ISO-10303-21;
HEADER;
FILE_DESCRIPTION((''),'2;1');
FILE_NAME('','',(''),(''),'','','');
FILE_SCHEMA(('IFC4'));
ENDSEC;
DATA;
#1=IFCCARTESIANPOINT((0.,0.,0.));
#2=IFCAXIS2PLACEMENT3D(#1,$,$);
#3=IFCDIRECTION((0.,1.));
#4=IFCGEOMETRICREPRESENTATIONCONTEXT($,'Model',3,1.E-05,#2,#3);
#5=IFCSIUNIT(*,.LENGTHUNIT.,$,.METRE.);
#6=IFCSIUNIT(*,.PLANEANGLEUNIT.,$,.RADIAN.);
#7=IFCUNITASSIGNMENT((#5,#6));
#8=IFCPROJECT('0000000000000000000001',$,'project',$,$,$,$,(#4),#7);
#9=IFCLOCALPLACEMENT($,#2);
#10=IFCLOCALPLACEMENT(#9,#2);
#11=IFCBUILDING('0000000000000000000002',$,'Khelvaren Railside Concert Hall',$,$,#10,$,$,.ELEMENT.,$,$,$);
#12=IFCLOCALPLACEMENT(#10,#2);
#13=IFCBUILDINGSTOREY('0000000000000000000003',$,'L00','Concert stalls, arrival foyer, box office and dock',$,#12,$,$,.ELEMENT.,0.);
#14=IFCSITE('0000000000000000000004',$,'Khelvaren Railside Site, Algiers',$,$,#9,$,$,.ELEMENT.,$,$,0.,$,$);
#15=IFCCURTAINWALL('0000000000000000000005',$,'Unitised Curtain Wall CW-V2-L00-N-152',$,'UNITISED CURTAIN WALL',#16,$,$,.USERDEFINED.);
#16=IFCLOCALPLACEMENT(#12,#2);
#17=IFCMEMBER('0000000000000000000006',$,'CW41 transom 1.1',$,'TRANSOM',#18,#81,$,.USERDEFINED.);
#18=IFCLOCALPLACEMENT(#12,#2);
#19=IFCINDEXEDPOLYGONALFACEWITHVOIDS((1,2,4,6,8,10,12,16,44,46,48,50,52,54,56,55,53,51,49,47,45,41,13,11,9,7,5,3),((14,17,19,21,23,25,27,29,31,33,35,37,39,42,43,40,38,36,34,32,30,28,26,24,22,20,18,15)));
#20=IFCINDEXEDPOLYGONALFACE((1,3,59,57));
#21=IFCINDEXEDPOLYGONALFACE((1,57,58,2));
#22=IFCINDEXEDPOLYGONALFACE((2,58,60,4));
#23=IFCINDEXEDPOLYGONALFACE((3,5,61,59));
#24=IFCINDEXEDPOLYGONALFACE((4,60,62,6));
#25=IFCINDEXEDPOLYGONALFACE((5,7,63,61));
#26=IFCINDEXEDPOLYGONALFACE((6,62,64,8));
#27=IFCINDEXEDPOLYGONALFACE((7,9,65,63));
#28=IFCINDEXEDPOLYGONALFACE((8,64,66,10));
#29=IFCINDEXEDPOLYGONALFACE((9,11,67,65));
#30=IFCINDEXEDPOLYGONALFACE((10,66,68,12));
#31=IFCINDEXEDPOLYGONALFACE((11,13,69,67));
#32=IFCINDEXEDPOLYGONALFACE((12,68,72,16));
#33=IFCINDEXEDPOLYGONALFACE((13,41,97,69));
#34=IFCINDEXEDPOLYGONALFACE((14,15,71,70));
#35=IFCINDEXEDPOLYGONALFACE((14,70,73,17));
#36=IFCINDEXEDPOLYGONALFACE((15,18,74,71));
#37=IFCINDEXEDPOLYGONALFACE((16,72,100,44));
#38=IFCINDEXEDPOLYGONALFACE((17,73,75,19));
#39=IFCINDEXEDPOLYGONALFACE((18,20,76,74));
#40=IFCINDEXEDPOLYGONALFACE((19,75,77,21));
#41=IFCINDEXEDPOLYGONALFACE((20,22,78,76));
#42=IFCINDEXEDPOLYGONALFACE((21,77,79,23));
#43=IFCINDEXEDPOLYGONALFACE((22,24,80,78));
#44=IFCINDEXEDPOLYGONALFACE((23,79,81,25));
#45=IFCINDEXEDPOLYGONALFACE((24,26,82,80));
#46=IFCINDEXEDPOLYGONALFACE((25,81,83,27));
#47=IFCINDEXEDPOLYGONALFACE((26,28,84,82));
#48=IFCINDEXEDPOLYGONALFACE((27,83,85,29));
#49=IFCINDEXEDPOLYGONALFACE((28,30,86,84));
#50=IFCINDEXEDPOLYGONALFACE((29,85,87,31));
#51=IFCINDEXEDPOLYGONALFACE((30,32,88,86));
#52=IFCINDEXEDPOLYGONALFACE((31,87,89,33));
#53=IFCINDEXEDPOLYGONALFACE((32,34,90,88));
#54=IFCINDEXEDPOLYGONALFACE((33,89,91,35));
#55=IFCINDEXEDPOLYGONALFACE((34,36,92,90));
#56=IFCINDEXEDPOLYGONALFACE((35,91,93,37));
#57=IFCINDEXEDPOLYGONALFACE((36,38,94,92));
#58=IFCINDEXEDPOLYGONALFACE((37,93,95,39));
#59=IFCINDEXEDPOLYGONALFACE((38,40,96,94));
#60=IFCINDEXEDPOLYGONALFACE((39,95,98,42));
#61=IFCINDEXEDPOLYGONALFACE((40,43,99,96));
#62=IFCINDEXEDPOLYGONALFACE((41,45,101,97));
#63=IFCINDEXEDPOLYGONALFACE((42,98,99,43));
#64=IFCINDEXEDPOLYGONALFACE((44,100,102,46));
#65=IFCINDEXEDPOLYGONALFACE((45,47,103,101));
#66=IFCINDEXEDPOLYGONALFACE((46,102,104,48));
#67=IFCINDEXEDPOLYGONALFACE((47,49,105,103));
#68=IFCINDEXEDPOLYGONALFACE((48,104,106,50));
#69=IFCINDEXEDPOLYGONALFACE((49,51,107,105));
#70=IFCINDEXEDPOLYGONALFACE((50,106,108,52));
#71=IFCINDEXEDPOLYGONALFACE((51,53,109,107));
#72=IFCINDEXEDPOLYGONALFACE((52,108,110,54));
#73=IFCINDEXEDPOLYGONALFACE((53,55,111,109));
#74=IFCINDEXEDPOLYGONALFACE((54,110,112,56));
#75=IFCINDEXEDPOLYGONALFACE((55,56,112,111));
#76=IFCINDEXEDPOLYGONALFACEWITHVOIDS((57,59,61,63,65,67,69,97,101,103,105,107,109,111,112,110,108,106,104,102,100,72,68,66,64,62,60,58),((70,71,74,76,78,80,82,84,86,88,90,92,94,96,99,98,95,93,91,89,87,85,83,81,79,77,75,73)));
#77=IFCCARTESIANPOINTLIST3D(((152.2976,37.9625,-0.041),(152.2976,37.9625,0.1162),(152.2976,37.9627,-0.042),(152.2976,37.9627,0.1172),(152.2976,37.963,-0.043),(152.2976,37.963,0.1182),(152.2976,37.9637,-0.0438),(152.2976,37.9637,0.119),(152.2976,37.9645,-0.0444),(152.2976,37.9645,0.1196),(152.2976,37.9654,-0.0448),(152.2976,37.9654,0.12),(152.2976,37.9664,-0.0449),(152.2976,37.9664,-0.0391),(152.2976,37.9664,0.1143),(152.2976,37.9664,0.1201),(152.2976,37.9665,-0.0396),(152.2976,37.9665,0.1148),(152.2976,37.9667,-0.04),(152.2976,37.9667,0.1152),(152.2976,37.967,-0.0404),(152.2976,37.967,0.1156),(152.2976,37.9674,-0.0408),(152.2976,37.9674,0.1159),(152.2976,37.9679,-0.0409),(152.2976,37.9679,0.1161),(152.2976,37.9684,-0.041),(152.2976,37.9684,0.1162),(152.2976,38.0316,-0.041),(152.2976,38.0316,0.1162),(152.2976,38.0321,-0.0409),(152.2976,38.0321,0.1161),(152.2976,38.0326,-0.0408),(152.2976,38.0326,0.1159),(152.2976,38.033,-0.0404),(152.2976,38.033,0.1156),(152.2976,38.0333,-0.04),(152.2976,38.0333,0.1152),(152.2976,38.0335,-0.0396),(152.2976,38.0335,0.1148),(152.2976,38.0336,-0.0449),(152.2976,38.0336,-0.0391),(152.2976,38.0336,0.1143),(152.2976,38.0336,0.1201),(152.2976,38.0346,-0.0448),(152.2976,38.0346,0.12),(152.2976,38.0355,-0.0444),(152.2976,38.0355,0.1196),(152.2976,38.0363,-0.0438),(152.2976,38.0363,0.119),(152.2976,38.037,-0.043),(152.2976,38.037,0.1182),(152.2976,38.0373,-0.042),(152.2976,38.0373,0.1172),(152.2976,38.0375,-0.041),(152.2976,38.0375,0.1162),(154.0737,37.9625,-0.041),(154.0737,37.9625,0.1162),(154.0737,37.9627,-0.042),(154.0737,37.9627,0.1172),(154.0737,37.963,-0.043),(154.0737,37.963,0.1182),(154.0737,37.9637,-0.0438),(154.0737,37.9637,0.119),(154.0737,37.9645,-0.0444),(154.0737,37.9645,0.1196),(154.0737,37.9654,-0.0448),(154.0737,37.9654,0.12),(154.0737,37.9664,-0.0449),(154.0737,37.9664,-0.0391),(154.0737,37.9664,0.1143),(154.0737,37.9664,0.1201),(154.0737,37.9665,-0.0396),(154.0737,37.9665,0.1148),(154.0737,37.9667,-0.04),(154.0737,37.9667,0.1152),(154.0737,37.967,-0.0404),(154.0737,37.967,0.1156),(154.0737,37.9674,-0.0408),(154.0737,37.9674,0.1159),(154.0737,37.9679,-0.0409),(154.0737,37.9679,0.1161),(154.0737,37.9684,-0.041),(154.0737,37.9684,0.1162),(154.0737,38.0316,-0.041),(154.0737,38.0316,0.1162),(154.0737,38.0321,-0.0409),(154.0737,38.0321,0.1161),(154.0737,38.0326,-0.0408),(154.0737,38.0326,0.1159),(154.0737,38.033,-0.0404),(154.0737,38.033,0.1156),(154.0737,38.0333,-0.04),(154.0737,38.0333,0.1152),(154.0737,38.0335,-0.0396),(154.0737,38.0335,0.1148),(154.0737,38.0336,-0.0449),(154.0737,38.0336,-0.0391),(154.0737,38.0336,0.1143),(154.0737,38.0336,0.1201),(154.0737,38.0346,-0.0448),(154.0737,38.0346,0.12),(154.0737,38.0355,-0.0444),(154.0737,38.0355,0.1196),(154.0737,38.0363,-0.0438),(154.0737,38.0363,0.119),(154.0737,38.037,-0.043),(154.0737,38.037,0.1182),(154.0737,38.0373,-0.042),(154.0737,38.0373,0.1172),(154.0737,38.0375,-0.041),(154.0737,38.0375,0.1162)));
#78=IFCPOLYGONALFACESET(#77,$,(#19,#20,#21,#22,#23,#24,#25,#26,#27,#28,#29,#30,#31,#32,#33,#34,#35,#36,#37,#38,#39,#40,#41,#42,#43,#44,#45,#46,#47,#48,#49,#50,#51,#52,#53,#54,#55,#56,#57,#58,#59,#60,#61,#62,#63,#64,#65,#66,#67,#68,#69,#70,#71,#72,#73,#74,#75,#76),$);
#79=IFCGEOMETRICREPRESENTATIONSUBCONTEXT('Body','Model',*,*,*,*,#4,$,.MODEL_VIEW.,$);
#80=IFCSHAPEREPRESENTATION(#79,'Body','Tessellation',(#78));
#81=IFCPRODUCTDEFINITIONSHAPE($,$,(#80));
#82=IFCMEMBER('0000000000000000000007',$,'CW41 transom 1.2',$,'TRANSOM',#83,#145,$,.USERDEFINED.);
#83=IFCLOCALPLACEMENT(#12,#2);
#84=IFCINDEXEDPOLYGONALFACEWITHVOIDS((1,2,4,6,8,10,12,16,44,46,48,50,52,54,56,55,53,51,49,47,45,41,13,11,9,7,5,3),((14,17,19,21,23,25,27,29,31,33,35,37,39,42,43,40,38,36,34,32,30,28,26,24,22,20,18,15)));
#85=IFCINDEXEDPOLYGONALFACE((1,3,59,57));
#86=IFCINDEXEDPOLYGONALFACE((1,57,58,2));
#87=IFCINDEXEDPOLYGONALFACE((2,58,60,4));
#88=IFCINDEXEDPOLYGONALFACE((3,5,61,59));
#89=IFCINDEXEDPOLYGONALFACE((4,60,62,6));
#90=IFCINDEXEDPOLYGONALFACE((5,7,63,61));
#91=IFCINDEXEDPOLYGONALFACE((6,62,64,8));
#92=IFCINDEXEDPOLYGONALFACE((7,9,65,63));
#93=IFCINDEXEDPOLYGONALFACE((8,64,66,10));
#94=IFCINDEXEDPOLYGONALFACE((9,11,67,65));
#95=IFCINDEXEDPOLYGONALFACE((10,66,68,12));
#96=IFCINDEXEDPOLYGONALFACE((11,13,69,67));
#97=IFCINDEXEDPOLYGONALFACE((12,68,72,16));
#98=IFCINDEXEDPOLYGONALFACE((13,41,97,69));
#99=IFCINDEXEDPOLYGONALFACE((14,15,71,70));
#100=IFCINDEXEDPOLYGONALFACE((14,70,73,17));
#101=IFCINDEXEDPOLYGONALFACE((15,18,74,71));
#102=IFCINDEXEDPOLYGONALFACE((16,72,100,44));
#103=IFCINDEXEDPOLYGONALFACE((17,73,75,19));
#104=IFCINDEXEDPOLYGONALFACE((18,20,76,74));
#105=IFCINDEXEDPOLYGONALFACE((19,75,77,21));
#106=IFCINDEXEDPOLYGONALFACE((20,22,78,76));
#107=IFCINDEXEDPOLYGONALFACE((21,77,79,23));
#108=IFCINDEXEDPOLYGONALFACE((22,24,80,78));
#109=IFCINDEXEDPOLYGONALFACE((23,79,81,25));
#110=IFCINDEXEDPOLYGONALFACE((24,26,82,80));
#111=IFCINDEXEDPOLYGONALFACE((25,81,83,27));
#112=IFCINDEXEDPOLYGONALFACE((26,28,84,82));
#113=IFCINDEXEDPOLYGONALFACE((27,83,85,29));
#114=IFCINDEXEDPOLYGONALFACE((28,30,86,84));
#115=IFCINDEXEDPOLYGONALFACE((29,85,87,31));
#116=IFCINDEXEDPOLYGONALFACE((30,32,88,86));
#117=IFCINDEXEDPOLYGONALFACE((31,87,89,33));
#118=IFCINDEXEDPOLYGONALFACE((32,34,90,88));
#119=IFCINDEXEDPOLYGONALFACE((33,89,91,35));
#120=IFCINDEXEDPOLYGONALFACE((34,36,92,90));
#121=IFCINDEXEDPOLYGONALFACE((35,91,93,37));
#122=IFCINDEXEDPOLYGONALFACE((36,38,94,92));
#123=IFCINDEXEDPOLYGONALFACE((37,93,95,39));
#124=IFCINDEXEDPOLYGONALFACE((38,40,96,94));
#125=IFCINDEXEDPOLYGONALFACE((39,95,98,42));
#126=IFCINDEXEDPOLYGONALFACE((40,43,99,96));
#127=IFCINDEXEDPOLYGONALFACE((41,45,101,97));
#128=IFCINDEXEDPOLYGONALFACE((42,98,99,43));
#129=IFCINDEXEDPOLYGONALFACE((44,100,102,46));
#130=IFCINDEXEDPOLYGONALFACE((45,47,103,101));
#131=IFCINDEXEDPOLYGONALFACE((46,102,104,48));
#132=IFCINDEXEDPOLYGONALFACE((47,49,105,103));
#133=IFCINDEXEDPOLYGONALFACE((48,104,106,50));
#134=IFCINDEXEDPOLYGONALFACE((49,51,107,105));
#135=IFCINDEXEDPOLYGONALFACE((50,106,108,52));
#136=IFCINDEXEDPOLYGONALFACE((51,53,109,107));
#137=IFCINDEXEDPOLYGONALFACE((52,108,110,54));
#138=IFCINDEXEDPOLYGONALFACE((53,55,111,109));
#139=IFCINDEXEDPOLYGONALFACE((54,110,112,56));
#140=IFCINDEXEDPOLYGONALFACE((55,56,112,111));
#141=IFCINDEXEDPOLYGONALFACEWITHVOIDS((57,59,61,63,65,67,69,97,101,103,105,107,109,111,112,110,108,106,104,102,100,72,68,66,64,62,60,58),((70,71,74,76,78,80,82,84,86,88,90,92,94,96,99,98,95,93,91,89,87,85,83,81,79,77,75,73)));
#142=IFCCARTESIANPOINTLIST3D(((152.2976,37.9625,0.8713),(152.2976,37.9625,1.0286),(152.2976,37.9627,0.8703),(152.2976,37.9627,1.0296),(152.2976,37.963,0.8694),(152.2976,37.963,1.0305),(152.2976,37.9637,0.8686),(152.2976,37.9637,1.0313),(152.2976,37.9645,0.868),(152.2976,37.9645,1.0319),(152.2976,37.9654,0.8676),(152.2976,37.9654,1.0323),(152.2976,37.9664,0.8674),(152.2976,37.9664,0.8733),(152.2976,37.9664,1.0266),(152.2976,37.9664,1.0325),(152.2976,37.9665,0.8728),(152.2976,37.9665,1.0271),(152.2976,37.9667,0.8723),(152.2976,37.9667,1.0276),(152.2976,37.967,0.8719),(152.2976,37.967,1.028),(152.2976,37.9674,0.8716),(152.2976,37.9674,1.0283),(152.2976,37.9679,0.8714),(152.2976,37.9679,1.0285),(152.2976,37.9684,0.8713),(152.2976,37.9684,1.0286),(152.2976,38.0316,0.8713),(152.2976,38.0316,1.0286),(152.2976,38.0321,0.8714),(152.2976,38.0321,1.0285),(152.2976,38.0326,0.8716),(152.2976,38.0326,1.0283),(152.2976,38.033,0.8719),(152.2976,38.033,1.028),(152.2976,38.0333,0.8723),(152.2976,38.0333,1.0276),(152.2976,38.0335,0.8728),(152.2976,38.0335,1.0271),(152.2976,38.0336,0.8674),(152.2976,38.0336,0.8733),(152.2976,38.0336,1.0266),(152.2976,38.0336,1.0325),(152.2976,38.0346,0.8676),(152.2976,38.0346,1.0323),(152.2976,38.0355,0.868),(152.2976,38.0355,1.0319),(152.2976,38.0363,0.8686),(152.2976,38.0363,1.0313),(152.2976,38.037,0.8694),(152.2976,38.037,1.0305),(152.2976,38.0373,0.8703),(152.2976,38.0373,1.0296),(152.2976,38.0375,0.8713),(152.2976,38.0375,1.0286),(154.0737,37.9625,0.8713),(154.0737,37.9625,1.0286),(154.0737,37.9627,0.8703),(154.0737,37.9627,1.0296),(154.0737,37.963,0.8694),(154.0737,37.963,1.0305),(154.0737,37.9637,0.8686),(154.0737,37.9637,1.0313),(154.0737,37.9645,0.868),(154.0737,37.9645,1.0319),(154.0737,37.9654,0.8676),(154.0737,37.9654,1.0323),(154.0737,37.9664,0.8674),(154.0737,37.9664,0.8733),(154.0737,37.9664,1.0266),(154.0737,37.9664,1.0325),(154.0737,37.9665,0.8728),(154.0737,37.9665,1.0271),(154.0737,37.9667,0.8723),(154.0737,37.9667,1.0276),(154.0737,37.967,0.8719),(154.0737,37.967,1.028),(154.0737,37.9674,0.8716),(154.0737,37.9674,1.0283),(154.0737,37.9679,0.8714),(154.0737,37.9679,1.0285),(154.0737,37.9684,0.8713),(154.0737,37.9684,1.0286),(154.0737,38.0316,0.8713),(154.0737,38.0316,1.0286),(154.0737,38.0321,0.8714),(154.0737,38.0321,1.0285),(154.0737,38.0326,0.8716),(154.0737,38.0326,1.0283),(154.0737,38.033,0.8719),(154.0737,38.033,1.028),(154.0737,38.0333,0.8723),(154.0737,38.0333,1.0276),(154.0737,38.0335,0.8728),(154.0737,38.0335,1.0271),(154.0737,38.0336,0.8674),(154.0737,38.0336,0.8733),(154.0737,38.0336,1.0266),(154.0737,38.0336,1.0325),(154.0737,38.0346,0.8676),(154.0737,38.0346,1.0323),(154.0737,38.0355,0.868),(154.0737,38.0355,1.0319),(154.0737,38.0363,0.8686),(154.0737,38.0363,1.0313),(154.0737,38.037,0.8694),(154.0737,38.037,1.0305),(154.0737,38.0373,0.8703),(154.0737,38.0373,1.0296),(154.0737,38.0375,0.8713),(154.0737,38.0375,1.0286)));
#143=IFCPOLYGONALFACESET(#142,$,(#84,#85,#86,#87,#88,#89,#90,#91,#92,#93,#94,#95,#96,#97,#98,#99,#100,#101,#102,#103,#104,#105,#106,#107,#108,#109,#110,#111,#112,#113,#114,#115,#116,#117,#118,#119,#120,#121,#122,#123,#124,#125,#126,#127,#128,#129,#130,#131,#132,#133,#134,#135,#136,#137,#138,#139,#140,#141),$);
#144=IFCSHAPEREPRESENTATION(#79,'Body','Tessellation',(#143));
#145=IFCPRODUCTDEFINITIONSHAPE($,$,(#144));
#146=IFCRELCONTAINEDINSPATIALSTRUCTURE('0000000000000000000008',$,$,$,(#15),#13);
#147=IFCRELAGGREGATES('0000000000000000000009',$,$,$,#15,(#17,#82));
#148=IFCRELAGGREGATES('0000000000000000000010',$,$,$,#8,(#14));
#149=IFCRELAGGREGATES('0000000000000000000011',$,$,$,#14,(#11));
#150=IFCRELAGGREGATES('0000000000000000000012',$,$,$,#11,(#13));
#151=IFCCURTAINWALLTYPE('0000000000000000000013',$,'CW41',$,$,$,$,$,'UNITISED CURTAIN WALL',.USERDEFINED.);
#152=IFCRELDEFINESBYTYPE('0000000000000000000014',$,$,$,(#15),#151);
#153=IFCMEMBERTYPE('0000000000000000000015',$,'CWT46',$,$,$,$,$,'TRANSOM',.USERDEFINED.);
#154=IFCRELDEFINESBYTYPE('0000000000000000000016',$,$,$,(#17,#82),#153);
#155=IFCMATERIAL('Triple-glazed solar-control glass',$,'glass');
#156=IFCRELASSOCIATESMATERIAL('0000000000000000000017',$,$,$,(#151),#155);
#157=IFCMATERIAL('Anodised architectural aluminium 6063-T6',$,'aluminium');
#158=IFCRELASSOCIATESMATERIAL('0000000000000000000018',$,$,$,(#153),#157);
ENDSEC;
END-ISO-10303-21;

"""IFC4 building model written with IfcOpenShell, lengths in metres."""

from ifc_helpers import new_model, si_unit, direction, frame, origin, origin_2d, place, context, subcontext, project, spatial, hollow_rectangle, extrude, material, material_profile, profile_set, type_object, element, aggregate, save


model = new_model("IFC4")

# Units and contexts
model_context = context("Model", 3, precision=1e-05, world=origin(), true_north=direction((0.0, 1.0)))
body_context = subcontext(model_context, "Body", "Model", "MODEL_VIEW")
ifc_project = project(units=[si_unit("LENGTHUNIT", "METRE"), si_unit("PLANEANGLEUNIT", "RADIAN")], contexts=[model_context])

# Site, building, storey
site_placement = place(None, origin())
site = spatial("IfcSite", under=ifc_project, at=site_placement, Name="Khelvaren Railside Site, Algiers", CompositionType="ELEMENT", RefElevation=0.0)
building_placement = place(site_placement, origin())
building = spatial("IfcBuilding", under=site, at=building_placement, Name="Khelvaren Railside Concert Hall", CompositionType="ELEMENT")
storey_placement = place(building_placement, origin())
storey = spatial("IfcBuildingStorey", under=building, at=storey_placement, Name="L00", Description="Concert stalls, arrival foyer, box office and dock", CompositionType="ELEMENT", Elevation=0.0)

# Curtain wall
ifc_material_1 = material(Name="Triple-glazed solar-control glass", Category="glass")
ifc_material_2 = material(Name="Anodised architectural aluminium 6063-T6", Category="aluminium")
curtain_wall_type_1 = type_object("IfcCurtainWallType", Name="CW41", ElementType="UNITISED CURTAIN WALL", PredefinedType="USERDEFINED", material=ifc_material_1)
curtain_wall_1_placement = place(storey_placement, origin())
curtain_wall_1 = element("IfcCurtainWall", 1, at=curtain_wall_1_placement, inside=storey, type_object=curtain_wall_type_1, Name="Unitised Curtain Wall CW-V2-L00-N-152", ObjectType="UNITISED CURTAIN WALL", PredefinedType="USERDEFINED")

# Members
ifc_material_profile_1 = material_profile(ifc_material_2, hollow_rectangle(XDim=0.075, YDim=0.165, WallThickness=0.0039, InnerFilletRadius=0.002, OuterFilletRadius=0.0039, at=origin_2d()), Name="CWT 75x165x4")
ifc_profile_set_1 = profile_set([ifc_material_profile_1], Name="Anodised architectural aluminium 6063-T6")
member_type_1 = type_object("IfcMemberType", Name="CWT46", ElementType="TRANSOM", PredefinedType="USERDEFINED", material=ifc_profile_set_1)
member_1_placement = place(storey_placement, frame((152.2976, 38.0, 0.0376), z_axis=(1.0, 0.0, 0.0), x_axis=(0.0, 1.0, 0.0)))
member_1 = element("IfcMember", 2, at=member_1_placement, type_object=member_type_1, Name="CW41 transom 1.1", ObjectType="TRANSOM", PredefinedType="USERDEFINED", context=body_context, shape_type="SweptSolid", body=[
    extrude(hollow_rectangle(XDim=0.075, YDim=0.165, WallThickness=0.0039, InnerFilletRadius=0.002, OuterFilletRadius=0.0039, at=origin_2d()), origin(), (0.0, 0.0, 1.0), 1.7761),
])
member_2_placement = place(storey_placement, frame((152.2976, 38.0, 0.95), z_axis=(1.0, 0.0, 0.0), x_axis=(0.0, 1.0, 0.0)))
member_2 = element("IfcMember", 3, at=member_2_placement, type_object=member_type_1, Name="CW41 transom 1.2", ObjectType="TRANSOM", PredefinedType="USERDEFINED", context=body_context, shape_type="SweptSolid", body=[
    extrude(hollow_rectangle(XDim=0.075, YDim=0.165, WallThickness=0.0039, InnerFilletRadius=0.002, OuterFilletRadius=0.0039, at=origin_2d()), origin(), (0.0, 0.0, 1.0), 1.7761),
])

aggregate(curtain_wall_1, [member_1, member_2])

save(model, "model.ifc")
